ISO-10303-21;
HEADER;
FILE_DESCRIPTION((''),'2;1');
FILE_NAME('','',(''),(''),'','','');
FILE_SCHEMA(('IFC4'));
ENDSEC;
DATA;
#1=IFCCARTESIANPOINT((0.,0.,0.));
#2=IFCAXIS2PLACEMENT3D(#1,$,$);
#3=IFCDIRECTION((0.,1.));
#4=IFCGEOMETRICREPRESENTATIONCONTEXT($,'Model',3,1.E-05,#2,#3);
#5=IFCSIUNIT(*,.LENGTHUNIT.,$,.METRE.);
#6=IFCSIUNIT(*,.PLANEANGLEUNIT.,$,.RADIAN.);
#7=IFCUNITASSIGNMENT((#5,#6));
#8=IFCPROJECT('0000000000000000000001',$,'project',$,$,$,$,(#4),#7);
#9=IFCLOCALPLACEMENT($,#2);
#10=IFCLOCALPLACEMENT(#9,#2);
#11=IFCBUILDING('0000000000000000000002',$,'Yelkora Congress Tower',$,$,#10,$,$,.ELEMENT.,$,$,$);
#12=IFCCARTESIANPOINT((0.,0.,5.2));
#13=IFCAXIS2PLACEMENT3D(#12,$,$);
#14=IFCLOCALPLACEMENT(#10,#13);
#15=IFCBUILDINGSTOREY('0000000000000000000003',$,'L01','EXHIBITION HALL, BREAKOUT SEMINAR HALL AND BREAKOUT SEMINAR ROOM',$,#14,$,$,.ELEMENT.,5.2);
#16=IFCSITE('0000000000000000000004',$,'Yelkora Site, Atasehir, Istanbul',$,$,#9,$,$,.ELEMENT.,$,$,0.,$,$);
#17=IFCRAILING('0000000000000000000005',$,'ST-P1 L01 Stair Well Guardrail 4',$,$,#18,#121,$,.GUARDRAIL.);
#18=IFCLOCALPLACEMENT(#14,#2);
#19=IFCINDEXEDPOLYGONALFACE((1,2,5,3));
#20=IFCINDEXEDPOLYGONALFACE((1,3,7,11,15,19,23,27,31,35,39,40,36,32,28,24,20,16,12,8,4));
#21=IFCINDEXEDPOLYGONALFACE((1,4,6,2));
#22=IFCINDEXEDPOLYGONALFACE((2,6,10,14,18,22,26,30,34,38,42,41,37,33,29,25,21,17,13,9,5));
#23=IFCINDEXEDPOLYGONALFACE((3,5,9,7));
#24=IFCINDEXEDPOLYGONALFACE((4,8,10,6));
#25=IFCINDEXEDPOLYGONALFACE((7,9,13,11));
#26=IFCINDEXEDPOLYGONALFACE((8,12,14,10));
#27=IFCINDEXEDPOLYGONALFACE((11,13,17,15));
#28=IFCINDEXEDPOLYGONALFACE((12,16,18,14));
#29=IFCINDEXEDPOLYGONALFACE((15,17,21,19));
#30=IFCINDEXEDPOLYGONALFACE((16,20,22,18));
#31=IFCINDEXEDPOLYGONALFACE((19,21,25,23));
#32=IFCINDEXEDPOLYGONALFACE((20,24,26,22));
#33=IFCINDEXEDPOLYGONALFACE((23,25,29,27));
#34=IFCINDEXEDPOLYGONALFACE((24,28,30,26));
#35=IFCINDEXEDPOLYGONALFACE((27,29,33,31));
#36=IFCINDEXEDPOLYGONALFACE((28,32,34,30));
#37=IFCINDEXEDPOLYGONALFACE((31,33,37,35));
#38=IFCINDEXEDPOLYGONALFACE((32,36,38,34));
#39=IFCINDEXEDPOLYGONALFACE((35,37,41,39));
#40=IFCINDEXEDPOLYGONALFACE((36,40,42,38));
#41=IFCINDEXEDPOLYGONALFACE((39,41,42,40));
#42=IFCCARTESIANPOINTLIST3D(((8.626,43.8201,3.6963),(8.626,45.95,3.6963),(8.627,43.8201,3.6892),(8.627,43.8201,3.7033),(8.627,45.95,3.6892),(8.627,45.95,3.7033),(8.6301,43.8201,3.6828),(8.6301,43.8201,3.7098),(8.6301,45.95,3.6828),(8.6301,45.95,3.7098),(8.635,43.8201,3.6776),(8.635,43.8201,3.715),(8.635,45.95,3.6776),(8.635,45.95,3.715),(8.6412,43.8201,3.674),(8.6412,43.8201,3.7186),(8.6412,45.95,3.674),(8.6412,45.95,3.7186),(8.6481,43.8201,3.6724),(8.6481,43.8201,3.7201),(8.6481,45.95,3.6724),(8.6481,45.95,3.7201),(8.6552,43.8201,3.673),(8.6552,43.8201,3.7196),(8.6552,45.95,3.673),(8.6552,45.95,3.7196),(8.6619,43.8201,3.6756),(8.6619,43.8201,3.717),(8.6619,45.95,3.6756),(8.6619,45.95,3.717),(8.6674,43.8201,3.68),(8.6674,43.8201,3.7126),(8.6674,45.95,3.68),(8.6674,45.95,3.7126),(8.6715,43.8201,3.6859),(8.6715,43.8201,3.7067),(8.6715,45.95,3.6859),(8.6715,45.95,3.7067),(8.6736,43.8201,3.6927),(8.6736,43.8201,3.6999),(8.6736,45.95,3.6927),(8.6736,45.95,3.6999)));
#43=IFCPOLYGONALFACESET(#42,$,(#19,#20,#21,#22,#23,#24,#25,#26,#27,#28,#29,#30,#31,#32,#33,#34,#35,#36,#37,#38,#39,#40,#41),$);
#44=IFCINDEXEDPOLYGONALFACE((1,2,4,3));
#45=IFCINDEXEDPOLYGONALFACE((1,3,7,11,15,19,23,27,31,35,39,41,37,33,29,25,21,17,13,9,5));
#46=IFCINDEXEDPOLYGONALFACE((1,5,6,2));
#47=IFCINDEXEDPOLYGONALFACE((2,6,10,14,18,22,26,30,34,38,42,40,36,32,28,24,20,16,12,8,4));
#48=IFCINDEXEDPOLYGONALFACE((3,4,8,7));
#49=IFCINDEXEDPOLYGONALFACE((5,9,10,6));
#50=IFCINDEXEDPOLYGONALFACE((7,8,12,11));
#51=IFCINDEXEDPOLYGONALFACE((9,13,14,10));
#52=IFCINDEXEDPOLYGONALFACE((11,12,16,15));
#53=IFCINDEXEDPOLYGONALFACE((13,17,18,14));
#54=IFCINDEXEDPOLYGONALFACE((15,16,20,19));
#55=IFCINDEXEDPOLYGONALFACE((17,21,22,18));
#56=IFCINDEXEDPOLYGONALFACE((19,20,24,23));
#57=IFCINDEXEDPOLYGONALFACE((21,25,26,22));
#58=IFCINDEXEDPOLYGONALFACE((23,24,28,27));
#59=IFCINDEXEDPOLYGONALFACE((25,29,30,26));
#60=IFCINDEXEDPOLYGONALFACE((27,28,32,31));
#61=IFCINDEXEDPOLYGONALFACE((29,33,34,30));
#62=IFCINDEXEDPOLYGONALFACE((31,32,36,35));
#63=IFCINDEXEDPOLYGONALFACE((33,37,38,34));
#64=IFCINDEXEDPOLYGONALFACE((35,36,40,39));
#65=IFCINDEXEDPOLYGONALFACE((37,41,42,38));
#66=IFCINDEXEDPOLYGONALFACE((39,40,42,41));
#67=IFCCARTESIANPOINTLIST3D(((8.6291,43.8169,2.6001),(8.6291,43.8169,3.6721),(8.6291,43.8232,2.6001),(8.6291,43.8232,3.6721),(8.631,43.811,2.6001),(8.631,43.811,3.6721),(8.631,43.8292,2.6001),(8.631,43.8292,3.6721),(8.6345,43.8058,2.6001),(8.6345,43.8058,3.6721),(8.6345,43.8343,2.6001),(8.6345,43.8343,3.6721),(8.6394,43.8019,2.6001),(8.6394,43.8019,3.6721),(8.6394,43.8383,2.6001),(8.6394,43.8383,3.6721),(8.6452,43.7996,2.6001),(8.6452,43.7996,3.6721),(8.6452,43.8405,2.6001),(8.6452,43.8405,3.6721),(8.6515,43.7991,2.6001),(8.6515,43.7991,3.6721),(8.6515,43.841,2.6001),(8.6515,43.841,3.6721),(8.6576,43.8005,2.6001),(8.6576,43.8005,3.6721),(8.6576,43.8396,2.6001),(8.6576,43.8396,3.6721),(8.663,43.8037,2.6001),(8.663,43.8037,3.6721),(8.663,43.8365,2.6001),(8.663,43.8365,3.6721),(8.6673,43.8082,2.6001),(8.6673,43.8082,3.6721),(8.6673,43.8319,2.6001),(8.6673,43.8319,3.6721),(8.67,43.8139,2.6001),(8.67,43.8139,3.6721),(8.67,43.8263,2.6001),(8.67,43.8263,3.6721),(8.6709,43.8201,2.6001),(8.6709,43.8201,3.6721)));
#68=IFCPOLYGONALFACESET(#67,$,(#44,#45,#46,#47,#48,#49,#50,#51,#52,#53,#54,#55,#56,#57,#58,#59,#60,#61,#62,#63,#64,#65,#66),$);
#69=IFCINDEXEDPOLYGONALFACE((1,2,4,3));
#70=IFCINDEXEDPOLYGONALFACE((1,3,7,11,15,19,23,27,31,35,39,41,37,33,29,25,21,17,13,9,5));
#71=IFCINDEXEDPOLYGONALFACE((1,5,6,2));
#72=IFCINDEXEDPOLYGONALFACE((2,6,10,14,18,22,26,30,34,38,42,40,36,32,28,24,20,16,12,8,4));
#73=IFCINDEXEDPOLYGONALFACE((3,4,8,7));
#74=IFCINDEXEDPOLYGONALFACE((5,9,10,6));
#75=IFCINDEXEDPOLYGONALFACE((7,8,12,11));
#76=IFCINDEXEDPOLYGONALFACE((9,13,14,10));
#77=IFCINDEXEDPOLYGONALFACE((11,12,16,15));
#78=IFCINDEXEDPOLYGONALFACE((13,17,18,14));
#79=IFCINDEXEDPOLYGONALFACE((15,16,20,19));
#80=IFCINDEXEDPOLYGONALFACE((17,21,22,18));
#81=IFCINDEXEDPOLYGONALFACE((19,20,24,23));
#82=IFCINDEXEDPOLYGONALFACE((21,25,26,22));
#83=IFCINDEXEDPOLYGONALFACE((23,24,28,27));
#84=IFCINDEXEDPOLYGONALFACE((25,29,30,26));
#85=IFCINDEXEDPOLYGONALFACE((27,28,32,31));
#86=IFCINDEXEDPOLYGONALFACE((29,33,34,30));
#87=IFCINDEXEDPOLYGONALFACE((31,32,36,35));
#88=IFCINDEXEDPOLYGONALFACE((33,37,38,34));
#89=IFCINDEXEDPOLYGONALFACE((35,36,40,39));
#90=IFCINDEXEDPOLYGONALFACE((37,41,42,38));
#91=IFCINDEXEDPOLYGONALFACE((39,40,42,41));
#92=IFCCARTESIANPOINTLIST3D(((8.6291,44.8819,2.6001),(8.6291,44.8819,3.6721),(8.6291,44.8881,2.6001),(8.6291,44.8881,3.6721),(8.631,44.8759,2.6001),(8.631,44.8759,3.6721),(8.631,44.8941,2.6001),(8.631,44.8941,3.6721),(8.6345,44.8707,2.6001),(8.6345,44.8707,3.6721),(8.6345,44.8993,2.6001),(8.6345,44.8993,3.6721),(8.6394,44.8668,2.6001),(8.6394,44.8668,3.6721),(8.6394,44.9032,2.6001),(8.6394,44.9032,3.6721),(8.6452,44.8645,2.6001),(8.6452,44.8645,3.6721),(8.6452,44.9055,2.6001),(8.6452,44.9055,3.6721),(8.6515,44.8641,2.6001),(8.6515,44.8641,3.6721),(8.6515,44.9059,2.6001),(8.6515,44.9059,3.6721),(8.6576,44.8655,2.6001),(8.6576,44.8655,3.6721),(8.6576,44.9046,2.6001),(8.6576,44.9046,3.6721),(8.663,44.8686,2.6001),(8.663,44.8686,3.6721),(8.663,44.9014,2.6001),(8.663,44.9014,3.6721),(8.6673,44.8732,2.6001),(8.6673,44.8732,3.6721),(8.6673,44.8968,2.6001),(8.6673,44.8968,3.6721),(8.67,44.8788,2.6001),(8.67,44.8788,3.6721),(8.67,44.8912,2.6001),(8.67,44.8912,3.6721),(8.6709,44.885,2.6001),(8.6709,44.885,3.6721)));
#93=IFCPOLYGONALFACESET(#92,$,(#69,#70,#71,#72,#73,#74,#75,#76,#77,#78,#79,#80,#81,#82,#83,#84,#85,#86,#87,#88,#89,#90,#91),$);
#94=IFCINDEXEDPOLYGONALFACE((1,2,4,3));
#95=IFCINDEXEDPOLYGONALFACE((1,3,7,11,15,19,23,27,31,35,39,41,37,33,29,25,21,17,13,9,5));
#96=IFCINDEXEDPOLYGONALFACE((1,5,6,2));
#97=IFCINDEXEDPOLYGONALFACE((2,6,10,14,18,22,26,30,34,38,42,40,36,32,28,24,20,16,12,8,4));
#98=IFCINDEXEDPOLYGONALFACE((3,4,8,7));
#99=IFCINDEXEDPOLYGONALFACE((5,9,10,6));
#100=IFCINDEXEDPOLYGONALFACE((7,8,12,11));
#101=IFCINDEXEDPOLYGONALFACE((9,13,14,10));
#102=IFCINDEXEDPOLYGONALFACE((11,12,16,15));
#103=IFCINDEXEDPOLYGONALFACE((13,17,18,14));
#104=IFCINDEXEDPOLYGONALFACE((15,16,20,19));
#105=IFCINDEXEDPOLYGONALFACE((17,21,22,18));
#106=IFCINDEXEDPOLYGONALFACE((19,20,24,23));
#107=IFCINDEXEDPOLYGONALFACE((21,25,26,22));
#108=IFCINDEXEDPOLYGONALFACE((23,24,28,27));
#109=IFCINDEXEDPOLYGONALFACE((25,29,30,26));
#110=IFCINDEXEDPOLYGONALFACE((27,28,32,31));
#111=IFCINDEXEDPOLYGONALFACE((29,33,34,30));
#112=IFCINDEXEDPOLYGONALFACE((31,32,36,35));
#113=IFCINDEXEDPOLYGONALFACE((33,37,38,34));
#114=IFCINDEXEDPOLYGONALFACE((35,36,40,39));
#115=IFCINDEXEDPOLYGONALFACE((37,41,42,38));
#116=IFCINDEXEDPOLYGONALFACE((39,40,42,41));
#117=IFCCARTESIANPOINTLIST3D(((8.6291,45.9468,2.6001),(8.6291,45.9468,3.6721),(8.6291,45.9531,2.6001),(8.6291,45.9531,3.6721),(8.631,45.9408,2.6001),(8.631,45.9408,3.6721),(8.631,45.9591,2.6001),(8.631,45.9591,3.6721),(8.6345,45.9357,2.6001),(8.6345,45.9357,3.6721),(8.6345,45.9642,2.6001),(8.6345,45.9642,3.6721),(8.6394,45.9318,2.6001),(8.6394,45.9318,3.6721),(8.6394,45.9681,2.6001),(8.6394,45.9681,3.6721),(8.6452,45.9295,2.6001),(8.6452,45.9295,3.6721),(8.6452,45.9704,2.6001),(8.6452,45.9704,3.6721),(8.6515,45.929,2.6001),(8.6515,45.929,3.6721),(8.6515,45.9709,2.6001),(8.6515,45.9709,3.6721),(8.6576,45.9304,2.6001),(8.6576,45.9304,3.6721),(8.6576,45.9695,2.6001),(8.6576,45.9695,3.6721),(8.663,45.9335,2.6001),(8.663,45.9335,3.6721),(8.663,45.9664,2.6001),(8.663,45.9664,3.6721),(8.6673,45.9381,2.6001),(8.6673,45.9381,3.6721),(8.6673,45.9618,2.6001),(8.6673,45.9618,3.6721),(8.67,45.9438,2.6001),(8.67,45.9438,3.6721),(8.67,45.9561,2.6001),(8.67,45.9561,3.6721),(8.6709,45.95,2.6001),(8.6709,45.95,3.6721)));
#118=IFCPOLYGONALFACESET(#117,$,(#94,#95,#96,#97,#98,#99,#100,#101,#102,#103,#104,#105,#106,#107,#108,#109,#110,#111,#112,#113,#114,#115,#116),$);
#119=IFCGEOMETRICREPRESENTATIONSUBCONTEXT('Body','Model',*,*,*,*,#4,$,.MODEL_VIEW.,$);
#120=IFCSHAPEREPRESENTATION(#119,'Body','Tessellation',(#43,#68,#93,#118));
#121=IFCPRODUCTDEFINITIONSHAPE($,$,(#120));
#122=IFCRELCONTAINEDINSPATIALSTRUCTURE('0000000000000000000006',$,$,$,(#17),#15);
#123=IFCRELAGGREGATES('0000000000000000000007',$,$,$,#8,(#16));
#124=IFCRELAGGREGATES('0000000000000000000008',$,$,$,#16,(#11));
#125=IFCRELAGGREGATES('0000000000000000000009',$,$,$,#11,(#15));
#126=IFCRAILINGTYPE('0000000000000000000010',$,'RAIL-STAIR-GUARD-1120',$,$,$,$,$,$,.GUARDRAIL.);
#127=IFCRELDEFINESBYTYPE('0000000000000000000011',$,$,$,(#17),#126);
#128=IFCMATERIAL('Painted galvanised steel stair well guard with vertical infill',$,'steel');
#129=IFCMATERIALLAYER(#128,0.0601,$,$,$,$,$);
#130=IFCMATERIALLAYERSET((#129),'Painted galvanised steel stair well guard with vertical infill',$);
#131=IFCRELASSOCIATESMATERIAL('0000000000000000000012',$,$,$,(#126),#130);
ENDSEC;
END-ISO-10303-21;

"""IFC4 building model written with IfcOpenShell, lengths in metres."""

from ifc_helpers import new_model, si_unit, direction, frame, origin, origin_2d, place, context, subcontext, project, spatial, circle, extrude, material, layer, layer_set, type_object, element, save


model = new_model("IFC4")

# Units and contexts
model_context = context("Model", 3, precision=1e-05, world=origin(), true_north=direction((0.0, 1.0)))
body_context = subcontext(model_context, "Body", "Model", "MODEL_VIEW")
ifc_project = project(units=[si_unit("LENGTHUNIT", "METRE"), si_unit("PLANEANGLEUNIT", "RADIAN")], contexts=[model_context])

# Site, building, storey
site_placement = place(None, origin())
site = spatial("IfcSite", under=ifc_project, at=site_placement, Name="Yelkora Site, Atasehir, Istanbul", CompositionType="ELEMENT", RefElevation=0.0)
building_placement = place(site_placement, origin())
building = spatial("IfcBuilding", under=site, at=building_placement, Name="Yelkora Congress Tower", CompositionType="ELEMENT")
storey_placement = place(building_placement, frame((0.0, 0.0, 5.2)))
storey = spatial("IfcBuildingStorey", under=building, at=storey_placement, Name="L01", Description="EXHIBITION HALL, BREAKOUT SEMINAR HALL AND BREAKOUT SEMINAR ROOM", CompositionType="ELEMENT", Elevation=5.2)

# Railing
ifc_material_1 = material(Name="Painted galvanised steel stair well guard with vertical infill", Category="steel")
ifc_layer_1 = layer(ifc_material_1, 0.0601)
ifc_layer_set_1 = layer_set([ifc_layer_1], Name="Painted galvanised steel stair well guard with vertical infill")
railing_type_1 = type_object("IfcRailingType", Name="RAIL-STAIR-GUARD-1120", PredefinedType="GUARDRAIL", material=ifc_layer_set_1)
for number, where, name in (
    (1, (8.6499, 43.8201, 2.6001), "ST-P1 L01 Stair Well Guardrail 4"),
):
    element("IfcRailing", number, at=place(storey_placement, frame(where)), inside=storey, type_object=railing_type_1, Name=name, PredefinedType="GUARDRAIL", context=body_context, shape_type="SweptSolid", body=[
        extrude(circle(Radius=0.0239, at=origin_2d()), frame((0.0, 0.0, 1.0962), z_axis=(0.0, 1.0, 0.0), x_axis=(-1.0, 0.0, 0.0)), (0.0, 0.0, 1.0), 2.1299),
        extrude(circle(Radius=0.021, at=origin_2d()), origin(), (0.0, 0.0, 1.0), 1.072),
        extrude(circle(Radius=0.021, at=origin_2d()), frame((0.0, 1.0649, 0.0)), (0.0, 0.0, 1.0), 1.072),
        extrude(circle(Radius=0.021, at=origin_2d()), frame((0.0, 2.1299, 0.0)), (0.0, 0.0, 1.0), 1.072),
    ])

save(model, "model.ifc")
